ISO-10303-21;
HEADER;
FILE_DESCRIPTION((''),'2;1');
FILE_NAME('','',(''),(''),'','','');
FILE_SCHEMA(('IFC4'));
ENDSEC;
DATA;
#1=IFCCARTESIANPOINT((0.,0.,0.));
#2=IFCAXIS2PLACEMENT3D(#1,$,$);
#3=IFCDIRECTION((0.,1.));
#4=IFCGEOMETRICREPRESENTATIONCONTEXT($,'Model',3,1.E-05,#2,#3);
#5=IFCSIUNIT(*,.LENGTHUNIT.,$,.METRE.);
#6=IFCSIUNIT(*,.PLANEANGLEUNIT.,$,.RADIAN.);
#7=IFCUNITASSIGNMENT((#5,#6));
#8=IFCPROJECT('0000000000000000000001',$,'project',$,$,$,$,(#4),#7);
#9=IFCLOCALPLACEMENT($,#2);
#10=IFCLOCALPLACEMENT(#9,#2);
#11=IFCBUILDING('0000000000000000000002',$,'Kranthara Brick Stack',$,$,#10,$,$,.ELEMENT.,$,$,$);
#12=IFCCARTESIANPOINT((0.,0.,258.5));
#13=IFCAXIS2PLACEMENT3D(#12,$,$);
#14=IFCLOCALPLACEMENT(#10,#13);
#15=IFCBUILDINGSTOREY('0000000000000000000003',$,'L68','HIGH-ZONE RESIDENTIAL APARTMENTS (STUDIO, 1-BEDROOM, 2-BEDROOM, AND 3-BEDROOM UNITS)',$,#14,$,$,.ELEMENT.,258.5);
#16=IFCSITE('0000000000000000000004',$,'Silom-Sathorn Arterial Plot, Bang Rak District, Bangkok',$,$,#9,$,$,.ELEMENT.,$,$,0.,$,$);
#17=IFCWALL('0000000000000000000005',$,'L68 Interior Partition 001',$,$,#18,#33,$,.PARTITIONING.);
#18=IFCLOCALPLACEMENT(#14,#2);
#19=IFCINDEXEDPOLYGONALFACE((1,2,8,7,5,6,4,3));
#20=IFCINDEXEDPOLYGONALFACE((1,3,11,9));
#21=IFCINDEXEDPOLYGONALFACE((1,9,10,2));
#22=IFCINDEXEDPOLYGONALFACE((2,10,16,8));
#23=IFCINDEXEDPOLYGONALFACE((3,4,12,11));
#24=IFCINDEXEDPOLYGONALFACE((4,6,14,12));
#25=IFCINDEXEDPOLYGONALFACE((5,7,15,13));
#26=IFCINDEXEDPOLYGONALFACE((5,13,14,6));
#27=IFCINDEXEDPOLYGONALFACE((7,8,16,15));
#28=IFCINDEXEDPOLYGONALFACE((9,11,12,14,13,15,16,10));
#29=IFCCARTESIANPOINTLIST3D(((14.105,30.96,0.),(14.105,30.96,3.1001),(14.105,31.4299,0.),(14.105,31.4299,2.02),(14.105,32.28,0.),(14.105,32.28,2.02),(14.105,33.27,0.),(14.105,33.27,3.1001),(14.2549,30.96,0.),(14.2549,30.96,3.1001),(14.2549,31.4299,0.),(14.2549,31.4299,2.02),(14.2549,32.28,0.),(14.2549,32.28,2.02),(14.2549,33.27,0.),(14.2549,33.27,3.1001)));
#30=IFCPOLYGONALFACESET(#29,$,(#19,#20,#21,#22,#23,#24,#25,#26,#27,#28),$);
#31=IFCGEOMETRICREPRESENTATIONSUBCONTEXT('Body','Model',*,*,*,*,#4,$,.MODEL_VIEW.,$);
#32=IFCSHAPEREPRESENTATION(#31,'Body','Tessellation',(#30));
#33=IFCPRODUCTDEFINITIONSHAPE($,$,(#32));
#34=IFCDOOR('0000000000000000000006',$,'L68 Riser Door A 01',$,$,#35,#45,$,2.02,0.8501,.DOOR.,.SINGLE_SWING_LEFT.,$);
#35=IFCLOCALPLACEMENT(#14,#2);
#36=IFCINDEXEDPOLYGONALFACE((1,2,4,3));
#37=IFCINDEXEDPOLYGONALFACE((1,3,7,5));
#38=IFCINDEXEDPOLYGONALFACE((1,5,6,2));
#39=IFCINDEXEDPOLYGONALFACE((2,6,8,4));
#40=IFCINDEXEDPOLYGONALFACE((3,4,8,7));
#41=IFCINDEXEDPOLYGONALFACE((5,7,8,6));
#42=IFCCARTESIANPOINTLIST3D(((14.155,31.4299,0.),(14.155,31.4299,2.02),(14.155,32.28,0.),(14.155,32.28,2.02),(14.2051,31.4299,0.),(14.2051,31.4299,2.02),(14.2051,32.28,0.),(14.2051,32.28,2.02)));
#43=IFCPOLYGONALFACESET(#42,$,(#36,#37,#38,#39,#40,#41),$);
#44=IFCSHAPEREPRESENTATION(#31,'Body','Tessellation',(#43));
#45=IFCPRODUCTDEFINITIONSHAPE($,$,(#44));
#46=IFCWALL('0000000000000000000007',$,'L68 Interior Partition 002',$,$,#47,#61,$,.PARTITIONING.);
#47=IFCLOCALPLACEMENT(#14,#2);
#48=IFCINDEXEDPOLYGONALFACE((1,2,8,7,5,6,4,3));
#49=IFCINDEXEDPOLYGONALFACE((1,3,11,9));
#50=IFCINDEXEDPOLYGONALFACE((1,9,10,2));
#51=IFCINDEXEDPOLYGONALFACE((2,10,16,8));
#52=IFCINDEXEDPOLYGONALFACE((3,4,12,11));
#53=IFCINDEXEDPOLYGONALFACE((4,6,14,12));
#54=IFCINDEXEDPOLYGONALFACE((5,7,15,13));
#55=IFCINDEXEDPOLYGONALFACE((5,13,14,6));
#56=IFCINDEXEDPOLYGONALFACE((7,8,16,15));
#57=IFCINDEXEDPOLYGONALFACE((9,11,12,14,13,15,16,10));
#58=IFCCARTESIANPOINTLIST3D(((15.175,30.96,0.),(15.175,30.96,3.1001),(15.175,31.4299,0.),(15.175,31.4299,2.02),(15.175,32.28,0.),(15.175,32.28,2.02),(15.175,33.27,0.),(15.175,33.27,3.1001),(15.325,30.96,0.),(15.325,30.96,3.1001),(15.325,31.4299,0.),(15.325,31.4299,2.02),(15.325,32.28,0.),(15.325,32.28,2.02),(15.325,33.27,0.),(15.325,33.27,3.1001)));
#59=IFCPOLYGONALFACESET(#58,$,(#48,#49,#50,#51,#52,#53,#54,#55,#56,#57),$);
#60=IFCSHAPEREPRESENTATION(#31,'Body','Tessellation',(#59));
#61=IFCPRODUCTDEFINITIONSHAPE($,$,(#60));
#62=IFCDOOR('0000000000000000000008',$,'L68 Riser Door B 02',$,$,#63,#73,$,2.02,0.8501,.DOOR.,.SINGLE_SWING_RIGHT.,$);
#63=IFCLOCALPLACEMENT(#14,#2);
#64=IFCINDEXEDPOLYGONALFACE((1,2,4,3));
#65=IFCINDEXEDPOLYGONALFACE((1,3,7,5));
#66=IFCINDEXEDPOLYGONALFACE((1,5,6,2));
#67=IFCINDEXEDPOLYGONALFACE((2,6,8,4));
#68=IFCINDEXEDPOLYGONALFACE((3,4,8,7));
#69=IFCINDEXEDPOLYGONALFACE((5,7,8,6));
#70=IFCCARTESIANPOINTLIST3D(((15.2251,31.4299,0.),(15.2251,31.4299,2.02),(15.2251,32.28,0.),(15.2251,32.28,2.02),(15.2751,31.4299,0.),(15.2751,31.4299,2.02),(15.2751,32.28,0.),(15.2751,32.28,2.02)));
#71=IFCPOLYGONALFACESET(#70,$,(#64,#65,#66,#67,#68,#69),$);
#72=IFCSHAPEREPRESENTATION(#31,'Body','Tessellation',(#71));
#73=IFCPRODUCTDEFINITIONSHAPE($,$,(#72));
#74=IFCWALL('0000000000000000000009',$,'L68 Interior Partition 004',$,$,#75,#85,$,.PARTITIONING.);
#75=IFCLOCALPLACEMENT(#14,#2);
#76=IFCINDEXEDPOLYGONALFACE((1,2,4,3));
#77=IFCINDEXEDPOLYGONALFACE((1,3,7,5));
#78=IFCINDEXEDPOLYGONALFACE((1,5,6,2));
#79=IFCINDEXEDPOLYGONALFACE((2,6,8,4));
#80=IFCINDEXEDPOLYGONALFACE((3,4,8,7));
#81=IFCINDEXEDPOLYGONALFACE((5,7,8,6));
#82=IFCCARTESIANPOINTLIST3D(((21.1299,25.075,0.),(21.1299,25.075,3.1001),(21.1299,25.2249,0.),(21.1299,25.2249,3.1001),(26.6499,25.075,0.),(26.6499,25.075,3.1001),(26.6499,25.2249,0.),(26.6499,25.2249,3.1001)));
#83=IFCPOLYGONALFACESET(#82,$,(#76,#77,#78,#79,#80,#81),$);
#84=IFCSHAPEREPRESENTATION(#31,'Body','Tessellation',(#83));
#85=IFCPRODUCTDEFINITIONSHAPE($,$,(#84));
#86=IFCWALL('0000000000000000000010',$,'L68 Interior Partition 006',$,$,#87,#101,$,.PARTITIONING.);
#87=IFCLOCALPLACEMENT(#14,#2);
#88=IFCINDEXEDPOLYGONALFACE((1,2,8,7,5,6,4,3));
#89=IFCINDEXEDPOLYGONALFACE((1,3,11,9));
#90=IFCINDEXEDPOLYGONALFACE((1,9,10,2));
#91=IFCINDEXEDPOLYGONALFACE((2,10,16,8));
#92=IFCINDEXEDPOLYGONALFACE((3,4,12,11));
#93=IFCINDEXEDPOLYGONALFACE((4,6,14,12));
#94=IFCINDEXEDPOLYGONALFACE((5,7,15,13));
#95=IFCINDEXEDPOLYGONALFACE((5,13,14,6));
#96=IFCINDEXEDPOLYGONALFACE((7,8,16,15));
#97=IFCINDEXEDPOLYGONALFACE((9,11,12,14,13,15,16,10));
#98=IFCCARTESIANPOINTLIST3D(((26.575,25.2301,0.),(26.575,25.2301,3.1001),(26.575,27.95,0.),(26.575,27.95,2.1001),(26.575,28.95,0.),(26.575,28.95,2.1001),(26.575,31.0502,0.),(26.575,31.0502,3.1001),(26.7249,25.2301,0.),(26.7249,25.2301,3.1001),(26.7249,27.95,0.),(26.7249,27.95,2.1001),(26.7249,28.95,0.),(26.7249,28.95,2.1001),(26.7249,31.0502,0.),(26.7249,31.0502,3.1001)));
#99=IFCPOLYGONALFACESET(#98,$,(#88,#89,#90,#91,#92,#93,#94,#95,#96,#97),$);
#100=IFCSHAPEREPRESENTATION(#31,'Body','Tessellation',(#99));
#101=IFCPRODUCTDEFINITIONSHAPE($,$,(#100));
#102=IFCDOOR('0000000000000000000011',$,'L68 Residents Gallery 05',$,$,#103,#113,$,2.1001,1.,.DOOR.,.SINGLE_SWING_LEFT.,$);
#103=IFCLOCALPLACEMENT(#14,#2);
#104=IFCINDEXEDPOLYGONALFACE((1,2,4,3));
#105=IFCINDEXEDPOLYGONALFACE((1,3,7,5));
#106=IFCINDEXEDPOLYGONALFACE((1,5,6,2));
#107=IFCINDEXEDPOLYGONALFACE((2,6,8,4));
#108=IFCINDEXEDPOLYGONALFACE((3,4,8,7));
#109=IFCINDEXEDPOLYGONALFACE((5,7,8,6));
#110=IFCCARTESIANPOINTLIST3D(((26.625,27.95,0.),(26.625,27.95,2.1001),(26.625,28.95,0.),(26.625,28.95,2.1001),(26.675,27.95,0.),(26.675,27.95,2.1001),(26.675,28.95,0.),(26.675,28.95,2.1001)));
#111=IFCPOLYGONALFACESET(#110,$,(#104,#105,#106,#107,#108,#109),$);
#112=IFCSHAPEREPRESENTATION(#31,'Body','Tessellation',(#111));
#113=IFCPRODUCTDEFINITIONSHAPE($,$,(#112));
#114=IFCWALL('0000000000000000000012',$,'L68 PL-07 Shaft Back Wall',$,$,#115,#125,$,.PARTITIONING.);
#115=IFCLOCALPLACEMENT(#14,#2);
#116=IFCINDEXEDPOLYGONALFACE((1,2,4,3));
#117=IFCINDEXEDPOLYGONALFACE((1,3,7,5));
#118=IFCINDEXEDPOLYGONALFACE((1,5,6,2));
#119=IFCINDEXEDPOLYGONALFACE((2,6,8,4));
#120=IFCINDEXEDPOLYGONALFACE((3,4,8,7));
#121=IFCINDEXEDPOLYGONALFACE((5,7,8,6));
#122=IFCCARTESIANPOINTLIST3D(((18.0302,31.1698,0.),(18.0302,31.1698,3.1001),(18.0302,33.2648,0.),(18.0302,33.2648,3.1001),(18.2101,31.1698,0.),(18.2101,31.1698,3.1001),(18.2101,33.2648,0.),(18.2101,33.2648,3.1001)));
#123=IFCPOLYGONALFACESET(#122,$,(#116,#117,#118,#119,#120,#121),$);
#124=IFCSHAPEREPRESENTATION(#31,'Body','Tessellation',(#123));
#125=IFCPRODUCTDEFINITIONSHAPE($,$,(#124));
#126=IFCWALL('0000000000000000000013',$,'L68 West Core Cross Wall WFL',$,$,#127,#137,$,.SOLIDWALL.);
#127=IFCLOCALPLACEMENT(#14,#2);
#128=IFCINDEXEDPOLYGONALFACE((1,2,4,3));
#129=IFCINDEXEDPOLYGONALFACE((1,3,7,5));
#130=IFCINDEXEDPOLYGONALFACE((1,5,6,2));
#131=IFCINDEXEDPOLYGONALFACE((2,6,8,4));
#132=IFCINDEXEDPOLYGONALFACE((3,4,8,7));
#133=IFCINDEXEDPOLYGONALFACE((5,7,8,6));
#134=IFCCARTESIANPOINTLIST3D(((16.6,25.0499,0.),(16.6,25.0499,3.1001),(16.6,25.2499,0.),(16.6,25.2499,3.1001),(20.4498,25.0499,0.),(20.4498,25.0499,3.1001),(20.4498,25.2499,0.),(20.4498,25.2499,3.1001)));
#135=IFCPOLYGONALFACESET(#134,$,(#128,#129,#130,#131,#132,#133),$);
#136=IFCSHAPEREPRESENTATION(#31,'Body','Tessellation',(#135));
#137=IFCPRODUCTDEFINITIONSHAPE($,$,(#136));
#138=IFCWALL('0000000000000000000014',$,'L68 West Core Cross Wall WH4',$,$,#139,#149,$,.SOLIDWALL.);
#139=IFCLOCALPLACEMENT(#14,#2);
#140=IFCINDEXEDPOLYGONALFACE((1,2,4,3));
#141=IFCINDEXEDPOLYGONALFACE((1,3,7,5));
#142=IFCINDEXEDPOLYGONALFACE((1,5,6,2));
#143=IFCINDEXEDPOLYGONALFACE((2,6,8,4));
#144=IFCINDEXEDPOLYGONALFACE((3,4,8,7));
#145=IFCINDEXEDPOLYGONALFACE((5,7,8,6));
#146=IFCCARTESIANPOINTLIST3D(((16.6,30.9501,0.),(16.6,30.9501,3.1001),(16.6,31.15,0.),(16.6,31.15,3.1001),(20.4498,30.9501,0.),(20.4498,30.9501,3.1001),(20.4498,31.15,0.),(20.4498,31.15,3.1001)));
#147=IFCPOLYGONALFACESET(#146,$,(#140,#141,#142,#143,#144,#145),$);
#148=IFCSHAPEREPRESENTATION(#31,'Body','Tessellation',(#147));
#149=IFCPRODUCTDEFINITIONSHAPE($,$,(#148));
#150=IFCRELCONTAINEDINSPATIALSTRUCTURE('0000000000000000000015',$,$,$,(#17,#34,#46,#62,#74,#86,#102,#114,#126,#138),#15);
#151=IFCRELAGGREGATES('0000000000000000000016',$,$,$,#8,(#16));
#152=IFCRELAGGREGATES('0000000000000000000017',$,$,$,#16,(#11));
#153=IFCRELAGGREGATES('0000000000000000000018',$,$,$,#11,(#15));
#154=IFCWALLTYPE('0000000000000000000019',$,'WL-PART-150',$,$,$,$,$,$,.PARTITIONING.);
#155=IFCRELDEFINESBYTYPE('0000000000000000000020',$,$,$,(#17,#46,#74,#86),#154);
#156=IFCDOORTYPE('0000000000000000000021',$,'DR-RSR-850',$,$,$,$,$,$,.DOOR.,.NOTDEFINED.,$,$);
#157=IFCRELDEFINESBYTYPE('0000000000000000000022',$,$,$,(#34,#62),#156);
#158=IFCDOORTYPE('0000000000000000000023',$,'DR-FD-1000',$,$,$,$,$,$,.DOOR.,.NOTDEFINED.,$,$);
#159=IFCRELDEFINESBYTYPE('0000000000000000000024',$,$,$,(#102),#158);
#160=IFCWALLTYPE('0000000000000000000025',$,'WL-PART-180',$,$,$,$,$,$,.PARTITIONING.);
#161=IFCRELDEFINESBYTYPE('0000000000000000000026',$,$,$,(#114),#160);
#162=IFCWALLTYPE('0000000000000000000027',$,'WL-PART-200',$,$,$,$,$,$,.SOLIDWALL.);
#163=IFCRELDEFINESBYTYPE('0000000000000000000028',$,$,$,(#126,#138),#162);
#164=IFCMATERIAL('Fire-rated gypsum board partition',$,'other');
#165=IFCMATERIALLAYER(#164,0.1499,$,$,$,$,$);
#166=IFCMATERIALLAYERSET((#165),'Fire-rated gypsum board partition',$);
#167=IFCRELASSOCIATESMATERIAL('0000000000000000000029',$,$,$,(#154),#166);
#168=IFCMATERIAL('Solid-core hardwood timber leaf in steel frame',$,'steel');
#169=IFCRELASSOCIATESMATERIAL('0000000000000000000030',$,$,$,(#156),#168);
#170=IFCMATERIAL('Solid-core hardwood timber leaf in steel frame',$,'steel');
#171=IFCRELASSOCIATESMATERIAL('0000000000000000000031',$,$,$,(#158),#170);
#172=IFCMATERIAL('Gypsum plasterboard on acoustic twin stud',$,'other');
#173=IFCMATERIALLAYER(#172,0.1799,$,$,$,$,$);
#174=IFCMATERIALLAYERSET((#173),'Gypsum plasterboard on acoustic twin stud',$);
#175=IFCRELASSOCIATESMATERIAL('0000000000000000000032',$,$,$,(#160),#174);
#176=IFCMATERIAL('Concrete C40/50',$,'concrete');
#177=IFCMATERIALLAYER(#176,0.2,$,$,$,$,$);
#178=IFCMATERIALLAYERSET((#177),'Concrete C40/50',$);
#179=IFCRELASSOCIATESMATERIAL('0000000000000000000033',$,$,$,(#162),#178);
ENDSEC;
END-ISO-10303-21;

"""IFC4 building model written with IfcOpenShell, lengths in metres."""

from ifc_helpers import new_model, si_unit, direction, frame, frame_2d, origin, place, context, subcontext, project, spatial, rectangle, extrude, material, layer, layer_set, type_object, element, fill, save


model = new_model("IFC4")

# Units and contexts
model_context = context("Model", 3, precision=1e-05, world=origin(), true_north=direction((0.0, 1.0)))
body_context = subcontext(model_context, "Body", "Model", "MODEL_VIEW")
ifc_project = project(units=[si_unit("LENGTHUNIT", "METRE"), si_unit("PLANEANGLEUNIT", "RADIAN")], contexts=[model_context])

# Site, building, storey
site_placement = place(None, origin())
site = spatial("IfcSite", under=ifc_project, at=site_placement, Name="Silom-Sathorn Arterial Plot, Bang Rak District, Bangkok", CompositionType="ELEMENT", RefElevation=0.0)
building_placement = place(site_placement, origin())
building = spatial("IfcBuilding", under=site, at=building_placement, Name="Kranthara Brick Stack", CompositionType="ELEMENT")
storey_placement = place(building_placement, frame((0.0, 0.0, 258.5)))
storey = spatial("IfcBuildingStorey", under=building, at=storey_placement, Name="L68", Description="HIGH-ZONE RESIDENTIAL APARTMENTS (STUDIO, 1-BEDROOM, 2-BEDROOM, AND 3-BEDROOM UNITS)", CompositionType="ELEMENT", Elevation=258.5)

# Walls, openings, doors
ifc_material_1 = material(Name="Fire-rated gypsum board partition", Category="other")
ifc_layer_1 = layer(ifc_material_1, 0.1499)
ifc_layer_set_1 = layer_set([ifc_layer_1], Name="Fire-rated gypsum board partition")
wall_type_1 = type_object("IfcWallType", Name="WL-PART-150", PredefinedType="PARTITIONING", material=ifc_layer_set_1)
wall_1_placement = place(storey_placement, frame((14.1799, 30.96, 0.0), z_axis=(0.0, 0.0, 1.0), x_axis=(0.0, 1.0, 0.0)))
wall_1 = element("IfcWall", 1, at=wall_1_placement, inside=storey, type_object=wall_type_1, Name="L68 Interior Partition 001", PredefinedType="PARTITIONING", context=body_context, shape_type="SweptSolid", body=[
    extrude(rectangle(XDim=2.3101, YDim=0.1499, at=frame_2d((1.155, 0.0))), origin(), (0.0, 0.0, 1.0), 3.1001),
])
opening_1_placement = place(wall_1_placement, frame((0.47, 0.0, 0.0)))
opening_1 = element("IfcOpeningElement", 2, at=opening_1_placement, cuts=wall_1, PredefinedType="OPENING", context=body_context, shape_type="SweptSolid", body=[
    extrude(rectangle(XDim=0.8501, YDim=2.02, at=frame_2d((0.425, 1.01))), frame((0.0, 0.085, 0.0), z_axis=(0.0, -1.0, 0.0), x_axis=(1.0, 0.0, 0.0)), (0.0, 0.0, 1.0), 0.1699),
])
ifc_material_2 = material(Name="Solid-core hardwood timber leaf in steel frame", Category="steel")
door_type_1 = type_object("IfcDoorType", Name="DR-RSR-850", OperationType="NOTDEFINED", PredefinedType="DOOR", material=ifc_material_2)
door_1_placement = place(opening_1_placement, origin())
door_1 = element("IfcDoor", 3, at=door_1_placement, inside=storey, type_object=door_type_1, Name="L68 Riser Door A 01", OperationType="SINGLE_SWING_LEFT", OverallHeight=2.02, OverallWidth=0.8501, PredefinedType="DOOR", context=body_context, shape_type="SweptSolid", body=[
    extrude(rectangle(XDim=0.8501, YDim=2.02, at=frame_2d((0.425, 1.01))), frame((0.0, 0.0249, 0.0), z_axis=(0.0, -1.0, 0.0), x_axis=(1.0, 0.0, 0.0)), (0.0, 0.0, 1.0), 0.05),
])
fill(opening_1, door_1)
wall_2_placement = place(storey_placement, frame((15.25, 30.96, 0.0), z_axis=(0.0, 0.0, 1.0), x_axis=(0.0, 1.0, 0.0)))
wall_2 = element("IfcWall", 4, at=wall_2_placement, inside=storey, type_object=wall_type_1, Name="L68 Interior Partition 002", PredefinedType="PARTITIONING", context=body_context, shape_type="SweptSolid", body=[
    extrude(rectangle(XDim=2.3101, YDim=0.1499, at=frame_2d((1.155, 0.0))), origin(), (0.0, 0.0, 1.0), 3.1001),
])
opening_2_placement = place(wall_2_placement, frame((0.47, 0.0, 0.0)))
opening_2 = element("IfcOpeningElement", 5, at=opening_2_placement, cuts=wall_2, PredefinedType="OPENING", context=body_context, shape_type="SweptSolid", body=[
    extrude(rectangle(XDim=0.8501, YDim=2.02, at=frame_2d((0.425, 1.01))), frame((0.0, 0.085, 0.0), z_axis=(0.0, -1.0, 0.0), x_axis=(1.0, 0.0, 0.0)), (0.0, 0.0, 1.0), 0.1699),
])
door_2_placement = place(opening_2_placement, origin())
door_2 = element("IfcDoor", 6, at=door_2_placement, inside=storey, type_object=door_type_1, Name="L68 Riser Door B 02", OperationType="SINGLE_SWING_RIGHT", OverallHeight=2.02, OverallWidth=0.8501, PredefinedType="DOOR", context=body_context, shape_type="SweptSolid", body=[
    extrude(rectangle(XDim=0.8501, YDim=2.02, at=frame_2d((0.425, 1.01))), frame((0.0, 0.0249, 0.0), z_axis=(0.0, -1.0, 0.0), x_axis=(1.0, 0.0, 0.0)), (0.0, 0.0, 1.0), 0.05),
])
fill(opening_2, door_2)

# Wall
wall_3_placement = place(storey_placement, frame((21.1299, 25.1499, 0.0), z_axis=(0.0, 0.0, 1.0), x_axis=(1.0, 0.0, 0.0)))
element("IfcWall", 7, at=wall_3_placement, inside=storey, type_object=wall_type_1, Name="L68 Interior Partition 004", PredefinedType="PARTITIONING", context=body_context, shape_type="SweptSolid", body=[
    extrude(rectangle(XDim=5.52, YDim=0.1499, at=frame_2d((2.76, 0.0))), origin(), (0.0, 0.0, 1.0), 3.1001),
])

# Wall, opening, door
wall_4_placement = place(storey_placement, frame((26.6499, 25.23, 0.0), z_axis=(0.0, 0.0, 1.0), x_axis=(0.0, 1.0, 0.0)))
wall_4 = element("IfcWall", 8, at=wall_4_placement, inside=storey, type_object=wall_type_1, Name="L68 Interior Partition 006", PredefinedType="PARTITIONING", context=body_context, shape_type="SweptSolid", body=[
    extrude(rectangle(XDim=5.8201, YDim=0.1499, at=frame_2d((2.9102, 0.0))), origin(), (0.0, 0.0, 1.0), 3.1001),
])
opening_3_placement = place(wall_4_placement, frame((2.72, 0.0, 0.0)))
opening_3 = element("IfcOpeningElement", 9, at=opening_3_placement, cuts=wall_4, PredefinedType="OPENING", context=body_context, shape_type="SweptSolid", body=[
    extrude(rectangle(XDim=1.0, YDim=2.1001, at=frame_2d((0.5, 1.05))), frame((0.0, 0.085, 0.0), z_axis=(0.0, -1.0, 0.0), x_axis=(1.0, 0.0, 0.0)), (0.0, 0.0, 1.0), 0.1699),
])
ifc_material_3 = material(Name="Solid-core hardwood timber leaf in steel frame", Category="steel")
door_type_2 = type_object("IfcDoorType", Name="DR-FD-1000", OperationType="NOTDEFINED", PredefinedType="DOOR", material=ifc_material_3)
door_3_placement = place(opening_3_placement, origin())
door_3 = element("IfcDoor", 10, at=door_3_placement, inside=storey, type_object=door_type_2, Name="L68 Residents Gallery 05", OperationType="SINGLE_SWING_LEFT", OverallHeight=2.1001, OverallWidth=1.0, PredefinedType="DOOR", context=body_context, shape_type="SweptSolid", body=[
    extrude(rectangle(XDim=1.0, YDim=2.1001, at=frame_2d((0.5, 1.05))), frame((0.0, 0.0249, 0.0), z_axis=(0.0, -1.0, 0.0), x_axis=(1.0, 0.0, 0.0)), (0.0, 0.0, 1.0), 0.05),
])
fill(opening_3, door_3)

# Walls
ifc_material_4 = material(Name="Gypsum plasterboard on acoustic twin stud", Category="other")
ifc_layer_2 = layer(ifc_material_4, 0.1799)
ifc_layer_set_2 = layer_set([ifc_layer_2], Name="Gypsum plasterboard on acoustic twin stud")
wall_type_2 = type_object("IfcWallType", Name="WL-PART-180", PredefinedType="PARTITIONING", material=ifc_layer_set_2)
wall_5_placement = place(storey_placement, frame((18.1201, 31.1699, 0.0), z_axis=(0.0, 0.0, 1.0), x_axis=(0.0, 1.0, 0.0)))
element("IfcWall", 11, at=wall_5_placement, inside=storey, type_object=wall_type_2, Name="L68 PL-07 Shaft Back Wall", PredefinedType="PARTITIONING", context=body_context, shape_type="SweptSolid", body=[
    extrude(rectangle(XDim=2.095, YDim=0.1799, at=frame_2d((1.0474, 0.0))), origin(), (0.0, 0.0, 1.0), 3.1001),
])
ifc_material_5 = material(Name="Concrete C40/50", Category="concrete")
ifc_layer_3 = layer(ifc_material_5, 0.2)
ifc_layer_set_3 = layer_set([ifc_layer_3], Name="Concrete C40/50")
wall_type_3 = type_object("IfcWallType", Name="WL-PART-200", PredefinedType="SOLIDWALL", material=ifc_layer_set_3)
for number, where, z_axis, x_axis, name in (
    (12, (16.6001, 25.1499, 0.0), (0.0, 0.0, 1.0), (1.0, 0.0, 0.0), "L68 West Core Cross Wall WFL"),
    (13, (16.6001, 31.05, 0.0), (0.0, 0.0, 1.0), (1.0, 0.0, 0.0), "L68 West Core Cross Wall WH4"),
):
    element("IfcWall", number, at=place(storey_placement, frame(where, z_axis=z_axis, x_axis=x_axis)), inside=storey, type_object=wall_type_3, Name=name, PredefinedType="SOLIDWALL", context=body_context, shape_type="SweptSolid", body=[
        extrude(rectangle(XDim=3.8499, YDim=0.2, at=frame_2d((1.9248, 0.0))), origin(), (0.0, 0.0, 1.0), 3.1001),
    ])

save(model, "model.ifc")
